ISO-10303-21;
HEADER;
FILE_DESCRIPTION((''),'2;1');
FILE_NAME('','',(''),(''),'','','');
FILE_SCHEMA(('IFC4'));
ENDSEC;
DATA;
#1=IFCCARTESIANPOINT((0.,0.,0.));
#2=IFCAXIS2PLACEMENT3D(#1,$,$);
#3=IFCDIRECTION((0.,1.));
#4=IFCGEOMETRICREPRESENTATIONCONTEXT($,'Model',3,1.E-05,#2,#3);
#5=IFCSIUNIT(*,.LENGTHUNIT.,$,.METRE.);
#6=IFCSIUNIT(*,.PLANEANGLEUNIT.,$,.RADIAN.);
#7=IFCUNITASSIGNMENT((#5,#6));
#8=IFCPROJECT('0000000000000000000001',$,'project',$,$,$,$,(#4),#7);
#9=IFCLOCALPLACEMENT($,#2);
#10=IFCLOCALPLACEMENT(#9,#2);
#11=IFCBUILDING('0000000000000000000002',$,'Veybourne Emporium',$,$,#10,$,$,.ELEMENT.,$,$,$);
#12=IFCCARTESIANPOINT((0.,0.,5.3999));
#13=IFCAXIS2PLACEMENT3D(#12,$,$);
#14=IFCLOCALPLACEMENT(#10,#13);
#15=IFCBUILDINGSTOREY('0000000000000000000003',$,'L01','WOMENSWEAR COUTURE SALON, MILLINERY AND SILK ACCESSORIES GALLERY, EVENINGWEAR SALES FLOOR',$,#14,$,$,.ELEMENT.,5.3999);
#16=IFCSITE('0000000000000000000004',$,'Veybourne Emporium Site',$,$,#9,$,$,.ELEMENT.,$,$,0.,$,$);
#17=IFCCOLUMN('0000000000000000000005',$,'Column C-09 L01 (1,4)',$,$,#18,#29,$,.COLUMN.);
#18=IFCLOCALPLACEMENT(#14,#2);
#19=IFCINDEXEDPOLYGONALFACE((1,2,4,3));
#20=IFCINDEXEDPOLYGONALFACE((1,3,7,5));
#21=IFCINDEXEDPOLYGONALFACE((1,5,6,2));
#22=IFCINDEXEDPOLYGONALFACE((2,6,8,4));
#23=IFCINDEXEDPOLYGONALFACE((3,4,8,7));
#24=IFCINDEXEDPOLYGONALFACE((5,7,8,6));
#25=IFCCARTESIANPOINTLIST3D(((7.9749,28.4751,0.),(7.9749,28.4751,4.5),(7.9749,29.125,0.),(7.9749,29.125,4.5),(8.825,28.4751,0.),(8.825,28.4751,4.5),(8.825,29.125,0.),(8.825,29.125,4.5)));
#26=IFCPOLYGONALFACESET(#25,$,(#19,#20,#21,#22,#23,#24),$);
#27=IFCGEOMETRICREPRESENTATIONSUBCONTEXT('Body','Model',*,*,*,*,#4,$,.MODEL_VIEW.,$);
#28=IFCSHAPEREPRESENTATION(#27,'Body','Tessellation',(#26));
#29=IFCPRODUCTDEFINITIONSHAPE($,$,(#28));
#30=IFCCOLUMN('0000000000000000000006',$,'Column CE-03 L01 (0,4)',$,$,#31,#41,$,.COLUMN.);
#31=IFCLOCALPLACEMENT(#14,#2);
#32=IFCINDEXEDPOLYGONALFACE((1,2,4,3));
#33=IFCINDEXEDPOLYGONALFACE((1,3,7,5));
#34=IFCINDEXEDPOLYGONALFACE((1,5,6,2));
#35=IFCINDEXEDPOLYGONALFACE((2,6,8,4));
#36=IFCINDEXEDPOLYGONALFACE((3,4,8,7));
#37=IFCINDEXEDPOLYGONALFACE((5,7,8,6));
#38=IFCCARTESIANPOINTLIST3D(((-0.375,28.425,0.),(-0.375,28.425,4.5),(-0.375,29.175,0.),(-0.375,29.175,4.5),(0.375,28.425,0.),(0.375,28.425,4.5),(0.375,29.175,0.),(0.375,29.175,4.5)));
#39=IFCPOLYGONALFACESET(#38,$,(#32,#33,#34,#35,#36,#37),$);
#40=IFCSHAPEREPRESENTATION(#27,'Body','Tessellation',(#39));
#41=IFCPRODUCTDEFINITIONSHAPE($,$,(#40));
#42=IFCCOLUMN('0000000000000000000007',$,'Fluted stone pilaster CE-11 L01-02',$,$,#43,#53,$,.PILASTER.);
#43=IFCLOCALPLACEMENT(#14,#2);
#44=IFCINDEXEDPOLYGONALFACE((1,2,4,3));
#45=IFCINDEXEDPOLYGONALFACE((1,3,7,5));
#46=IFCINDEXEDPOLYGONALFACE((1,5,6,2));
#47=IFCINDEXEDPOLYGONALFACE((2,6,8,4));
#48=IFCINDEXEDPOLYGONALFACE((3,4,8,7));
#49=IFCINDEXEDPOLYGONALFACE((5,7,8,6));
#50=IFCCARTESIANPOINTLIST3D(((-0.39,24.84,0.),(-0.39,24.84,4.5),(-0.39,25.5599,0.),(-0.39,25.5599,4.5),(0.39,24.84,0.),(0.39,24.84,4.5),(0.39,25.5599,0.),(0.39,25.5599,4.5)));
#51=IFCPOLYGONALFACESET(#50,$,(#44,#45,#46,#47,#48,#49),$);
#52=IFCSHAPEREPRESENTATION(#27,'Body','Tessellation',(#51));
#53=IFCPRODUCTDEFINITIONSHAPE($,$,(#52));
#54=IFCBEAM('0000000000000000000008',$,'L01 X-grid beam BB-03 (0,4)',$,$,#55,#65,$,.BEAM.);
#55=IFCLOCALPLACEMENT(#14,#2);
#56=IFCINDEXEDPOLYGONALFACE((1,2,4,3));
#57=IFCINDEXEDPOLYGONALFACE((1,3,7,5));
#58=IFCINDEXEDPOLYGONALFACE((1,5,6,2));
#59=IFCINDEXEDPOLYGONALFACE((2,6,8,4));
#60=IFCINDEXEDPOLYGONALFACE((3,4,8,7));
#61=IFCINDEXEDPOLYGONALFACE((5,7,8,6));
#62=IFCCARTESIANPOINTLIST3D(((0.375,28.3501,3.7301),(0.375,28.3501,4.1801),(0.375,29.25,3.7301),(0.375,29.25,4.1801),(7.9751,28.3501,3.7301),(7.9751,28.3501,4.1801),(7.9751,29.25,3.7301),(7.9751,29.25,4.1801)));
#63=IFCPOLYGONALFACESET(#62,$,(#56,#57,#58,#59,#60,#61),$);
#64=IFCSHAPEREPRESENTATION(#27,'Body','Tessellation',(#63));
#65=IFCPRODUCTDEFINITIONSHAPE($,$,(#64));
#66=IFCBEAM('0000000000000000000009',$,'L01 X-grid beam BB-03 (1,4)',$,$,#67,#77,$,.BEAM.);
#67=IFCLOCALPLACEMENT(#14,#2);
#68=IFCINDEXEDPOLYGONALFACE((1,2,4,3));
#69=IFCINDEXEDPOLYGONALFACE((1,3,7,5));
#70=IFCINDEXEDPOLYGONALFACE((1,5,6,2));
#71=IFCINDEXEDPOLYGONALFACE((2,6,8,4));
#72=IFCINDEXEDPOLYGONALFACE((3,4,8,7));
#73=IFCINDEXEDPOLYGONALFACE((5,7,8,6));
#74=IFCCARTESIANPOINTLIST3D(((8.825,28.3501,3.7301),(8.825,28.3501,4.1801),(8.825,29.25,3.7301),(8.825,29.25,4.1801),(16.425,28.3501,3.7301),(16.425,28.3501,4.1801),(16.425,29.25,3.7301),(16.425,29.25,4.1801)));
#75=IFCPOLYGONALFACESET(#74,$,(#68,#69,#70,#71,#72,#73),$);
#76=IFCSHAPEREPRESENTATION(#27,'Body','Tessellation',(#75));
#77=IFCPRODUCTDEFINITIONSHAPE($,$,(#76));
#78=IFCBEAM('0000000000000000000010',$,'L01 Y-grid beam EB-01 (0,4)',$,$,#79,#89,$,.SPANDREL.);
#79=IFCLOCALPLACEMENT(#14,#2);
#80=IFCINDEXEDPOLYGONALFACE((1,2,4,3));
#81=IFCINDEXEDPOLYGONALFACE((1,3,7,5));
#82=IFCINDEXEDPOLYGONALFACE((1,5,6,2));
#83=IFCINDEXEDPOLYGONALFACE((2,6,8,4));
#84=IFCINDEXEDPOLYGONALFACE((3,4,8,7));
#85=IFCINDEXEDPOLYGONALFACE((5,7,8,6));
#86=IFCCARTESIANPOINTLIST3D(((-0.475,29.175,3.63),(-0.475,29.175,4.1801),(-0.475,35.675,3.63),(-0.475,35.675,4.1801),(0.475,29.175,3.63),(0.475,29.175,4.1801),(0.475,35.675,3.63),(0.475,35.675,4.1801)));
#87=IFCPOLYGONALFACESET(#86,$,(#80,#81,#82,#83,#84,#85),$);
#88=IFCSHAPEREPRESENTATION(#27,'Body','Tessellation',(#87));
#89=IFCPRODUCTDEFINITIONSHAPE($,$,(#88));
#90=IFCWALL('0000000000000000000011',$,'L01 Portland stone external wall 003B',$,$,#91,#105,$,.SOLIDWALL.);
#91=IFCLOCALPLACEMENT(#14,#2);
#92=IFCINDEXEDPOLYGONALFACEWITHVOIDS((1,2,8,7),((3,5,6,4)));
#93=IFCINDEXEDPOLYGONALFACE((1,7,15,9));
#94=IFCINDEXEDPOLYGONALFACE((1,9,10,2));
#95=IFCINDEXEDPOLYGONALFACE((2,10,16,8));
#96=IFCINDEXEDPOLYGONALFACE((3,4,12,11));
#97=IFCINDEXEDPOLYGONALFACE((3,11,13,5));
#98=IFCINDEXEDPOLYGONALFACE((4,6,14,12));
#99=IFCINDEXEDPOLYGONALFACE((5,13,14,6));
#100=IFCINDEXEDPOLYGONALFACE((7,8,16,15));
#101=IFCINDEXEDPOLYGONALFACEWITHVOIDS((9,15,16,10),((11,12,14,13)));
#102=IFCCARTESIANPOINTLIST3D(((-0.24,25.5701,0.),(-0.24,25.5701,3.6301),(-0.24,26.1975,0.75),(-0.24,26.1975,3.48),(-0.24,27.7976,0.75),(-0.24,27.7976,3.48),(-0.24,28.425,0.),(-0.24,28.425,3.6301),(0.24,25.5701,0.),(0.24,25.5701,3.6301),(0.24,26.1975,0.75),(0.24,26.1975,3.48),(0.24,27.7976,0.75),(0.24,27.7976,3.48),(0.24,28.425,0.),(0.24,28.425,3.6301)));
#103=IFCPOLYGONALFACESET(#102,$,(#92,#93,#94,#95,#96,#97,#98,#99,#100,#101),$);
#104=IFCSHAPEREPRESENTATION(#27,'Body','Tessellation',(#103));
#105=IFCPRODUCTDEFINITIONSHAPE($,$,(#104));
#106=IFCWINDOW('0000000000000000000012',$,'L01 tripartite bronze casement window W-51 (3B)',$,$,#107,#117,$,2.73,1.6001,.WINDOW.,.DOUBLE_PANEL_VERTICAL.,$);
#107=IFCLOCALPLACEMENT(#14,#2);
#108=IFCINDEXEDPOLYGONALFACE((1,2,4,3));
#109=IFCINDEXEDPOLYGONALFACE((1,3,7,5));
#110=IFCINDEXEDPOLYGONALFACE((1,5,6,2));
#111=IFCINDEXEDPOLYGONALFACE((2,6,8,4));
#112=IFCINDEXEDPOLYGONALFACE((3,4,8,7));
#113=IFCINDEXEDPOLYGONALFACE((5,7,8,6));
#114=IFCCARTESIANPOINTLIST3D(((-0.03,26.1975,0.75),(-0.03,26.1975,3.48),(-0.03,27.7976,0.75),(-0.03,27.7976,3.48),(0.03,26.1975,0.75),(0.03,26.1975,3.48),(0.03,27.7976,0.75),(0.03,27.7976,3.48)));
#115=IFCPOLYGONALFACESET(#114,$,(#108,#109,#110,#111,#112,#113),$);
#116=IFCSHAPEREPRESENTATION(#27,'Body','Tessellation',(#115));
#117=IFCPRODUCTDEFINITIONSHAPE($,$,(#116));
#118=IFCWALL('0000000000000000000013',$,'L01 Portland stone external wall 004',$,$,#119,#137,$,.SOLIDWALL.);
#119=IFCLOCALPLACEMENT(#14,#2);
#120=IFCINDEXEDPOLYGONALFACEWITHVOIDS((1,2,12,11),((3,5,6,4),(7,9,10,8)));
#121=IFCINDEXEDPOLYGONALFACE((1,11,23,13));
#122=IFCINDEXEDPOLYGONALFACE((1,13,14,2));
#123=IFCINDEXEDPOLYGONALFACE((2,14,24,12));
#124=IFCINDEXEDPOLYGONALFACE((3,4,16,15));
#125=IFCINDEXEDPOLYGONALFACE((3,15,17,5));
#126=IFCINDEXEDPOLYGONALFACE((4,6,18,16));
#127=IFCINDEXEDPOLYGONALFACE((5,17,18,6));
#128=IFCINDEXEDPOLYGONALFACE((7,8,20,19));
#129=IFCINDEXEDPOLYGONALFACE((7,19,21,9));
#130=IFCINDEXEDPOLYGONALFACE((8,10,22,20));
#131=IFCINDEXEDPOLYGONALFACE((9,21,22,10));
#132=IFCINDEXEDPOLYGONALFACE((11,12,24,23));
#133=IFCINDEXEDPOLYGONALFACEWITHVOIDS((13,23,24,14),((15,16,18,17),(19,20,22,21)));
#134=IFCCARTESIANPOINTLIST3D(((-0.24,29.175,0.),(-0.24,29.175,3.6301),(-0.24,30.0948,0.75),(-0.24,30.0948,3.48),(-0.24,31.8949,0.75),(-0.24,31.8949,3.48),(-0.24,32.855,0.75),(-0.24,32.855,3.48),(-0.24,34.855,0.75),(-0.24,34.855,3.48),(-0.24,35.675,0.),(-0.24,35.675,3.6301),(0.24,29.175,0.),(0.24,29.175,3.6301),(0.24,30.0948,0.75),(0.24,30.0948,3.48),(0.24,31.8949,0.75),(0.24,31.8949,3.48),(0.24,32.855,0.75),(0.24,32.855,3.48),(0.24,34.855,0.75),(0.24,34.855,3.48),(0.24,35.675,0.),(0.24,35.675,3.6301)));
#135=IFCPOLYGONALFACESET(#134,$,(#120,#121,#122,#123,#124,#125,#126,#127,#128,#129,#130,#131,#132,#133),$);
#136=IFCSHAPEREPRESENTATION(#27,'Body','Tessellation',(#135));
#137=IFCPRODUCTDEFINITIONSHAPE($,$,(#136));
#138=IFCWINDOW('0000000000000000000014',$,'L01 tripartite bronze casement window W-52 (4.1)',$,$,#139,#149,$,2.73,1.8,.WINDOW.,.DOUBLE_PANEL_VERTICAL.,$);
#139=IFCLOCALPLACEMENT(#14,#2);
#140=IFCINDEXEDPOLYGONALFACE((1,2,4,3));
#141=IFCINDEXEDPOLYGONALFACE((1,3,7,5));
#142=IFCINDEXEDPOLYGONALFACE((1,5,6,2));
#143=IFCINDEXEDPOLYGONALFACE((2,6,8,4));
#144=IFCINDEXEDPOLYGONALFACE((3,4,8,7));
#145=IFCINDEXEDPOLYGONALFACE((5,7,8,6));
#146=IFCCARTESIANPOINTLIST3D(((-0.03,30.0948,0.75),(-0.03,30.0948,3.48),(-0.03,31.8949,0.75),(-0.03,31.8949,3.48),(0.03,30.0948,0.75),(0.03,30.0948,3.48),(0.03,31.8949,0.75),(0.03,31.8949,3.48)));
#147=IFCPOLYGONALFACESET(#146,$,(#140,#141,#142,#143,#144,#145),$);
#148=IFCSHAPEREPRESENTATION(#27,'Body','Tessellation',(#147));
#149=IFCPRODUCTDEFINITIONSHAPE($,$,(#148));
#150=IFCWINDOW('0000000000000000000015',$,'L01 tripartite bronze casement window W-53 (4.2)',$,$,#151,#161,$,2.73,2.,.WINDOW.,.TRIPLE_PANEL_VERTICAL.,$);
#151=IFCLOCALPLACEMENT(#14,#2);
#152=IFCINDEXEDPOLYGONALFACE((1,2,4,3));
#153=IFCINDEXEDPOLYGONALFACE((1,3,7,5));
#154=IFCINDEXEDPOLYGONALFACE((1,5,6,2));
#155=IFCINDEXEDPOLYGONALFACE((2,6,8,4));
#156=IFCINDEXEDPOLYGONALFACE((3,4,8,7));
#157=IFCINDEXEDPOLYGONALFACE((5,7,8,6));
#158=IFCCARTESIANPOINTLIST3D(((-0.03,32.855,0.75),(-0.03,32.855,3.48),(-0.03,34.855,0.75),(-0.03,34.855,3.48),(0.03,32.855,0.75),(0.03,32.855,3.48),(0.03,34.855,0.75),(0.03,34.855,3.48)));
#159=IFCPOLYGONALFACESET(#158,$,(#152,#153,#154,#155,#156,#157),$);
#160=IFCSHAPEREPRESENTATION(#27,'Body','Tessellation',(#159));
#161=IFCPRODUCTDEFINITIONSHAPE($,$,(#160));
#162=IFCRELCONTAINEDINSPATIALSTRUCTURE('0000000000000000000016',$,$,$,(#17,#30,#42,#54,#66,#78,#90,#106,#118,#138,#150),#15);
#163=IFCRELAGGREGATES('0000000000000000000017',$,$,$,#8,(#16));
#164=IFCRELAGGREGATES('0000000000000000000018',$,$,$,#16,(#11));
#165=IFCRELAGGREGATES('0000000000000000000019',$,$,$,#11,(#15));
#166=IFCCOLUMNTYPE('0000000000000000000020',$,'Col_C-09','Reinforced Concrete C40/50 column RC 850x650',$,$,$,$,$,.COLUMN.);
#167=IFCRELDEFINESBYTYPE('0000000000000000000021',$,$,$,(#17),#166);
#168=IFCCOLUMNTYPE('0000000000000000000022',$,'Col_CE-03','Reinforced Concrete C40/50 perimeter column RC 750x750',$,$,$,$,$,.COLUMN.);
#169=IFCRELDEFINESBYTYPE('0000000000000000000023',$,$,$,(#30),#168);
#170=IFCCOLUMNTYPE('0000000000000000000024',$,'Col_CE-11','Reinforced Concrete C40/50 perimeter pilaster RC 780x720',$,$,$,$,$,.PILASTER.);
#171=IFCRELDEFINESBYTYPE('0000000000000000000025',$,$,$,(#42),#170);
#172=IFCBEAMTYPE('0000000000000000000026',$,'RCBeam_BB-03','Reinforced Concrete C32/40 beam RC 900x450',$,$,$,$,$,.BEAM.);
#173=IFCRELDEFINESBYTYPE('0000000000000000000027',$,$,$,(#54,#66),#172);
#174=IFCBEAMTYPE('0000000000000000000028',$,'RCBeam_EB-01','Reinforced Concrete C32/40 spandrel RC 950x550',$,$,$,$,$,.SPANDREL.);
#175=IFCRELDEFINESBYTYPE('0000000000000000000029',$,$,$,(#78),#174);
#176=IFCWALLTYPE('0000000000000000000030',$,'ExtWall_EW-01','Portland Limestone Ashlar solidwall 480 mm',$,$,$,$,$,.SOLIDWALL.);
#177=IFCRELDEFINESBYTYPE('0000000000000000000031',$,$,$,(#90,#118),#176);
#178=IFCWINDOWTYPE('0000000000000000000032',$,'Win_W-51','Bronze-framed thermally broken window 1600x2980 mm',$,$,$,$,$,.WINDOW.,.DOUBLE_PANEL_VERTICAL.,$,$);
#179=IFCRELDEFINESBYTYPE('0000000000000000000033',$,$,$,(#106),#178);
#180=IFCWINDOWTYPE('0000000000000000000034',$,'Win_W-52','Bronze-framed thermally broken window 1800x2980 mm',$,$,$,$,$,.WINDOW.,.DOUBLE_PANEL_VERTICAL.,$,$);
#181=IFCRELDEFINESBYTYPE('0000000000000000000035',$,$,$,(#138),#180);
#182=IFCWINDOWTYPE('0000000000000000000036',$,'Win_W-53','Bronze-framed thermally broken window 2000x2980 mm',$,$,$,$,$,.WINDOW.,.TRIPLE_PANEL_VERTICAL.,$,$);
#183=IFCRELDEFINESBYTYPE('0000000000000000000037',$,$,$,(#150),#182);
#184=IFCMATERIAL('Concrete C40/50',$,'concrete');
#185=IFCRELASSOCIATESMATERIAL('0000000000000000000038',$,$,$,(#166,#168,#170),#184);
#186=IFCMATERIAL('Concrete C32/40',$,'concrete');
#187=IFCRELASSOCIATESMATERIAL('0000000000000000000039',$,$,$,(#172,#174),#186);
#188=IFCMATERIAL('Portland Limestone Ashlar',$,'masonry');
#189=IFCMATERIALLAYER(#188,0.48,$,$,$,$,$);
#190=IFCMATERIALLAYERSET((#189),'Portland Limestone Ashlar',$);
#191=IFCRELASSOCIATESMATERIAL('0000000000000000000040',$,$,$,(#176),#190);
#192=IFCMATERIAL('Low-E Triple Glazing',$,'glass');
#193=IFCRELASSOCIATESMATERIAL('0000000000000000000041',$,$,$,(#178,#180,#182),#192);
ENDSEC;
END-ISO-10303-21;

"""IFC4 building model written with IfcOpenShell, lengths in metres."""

from ifc_helpers import new_model, si_unit, direction, frame, frame_2d, origin, origin_2d, place, context, subcontext, project, spatial, rectangle, extrude, material, layer, layer_set, material_profile, profile_set, type_object, element, fill, save


model = new_model("IFC4")

# Units and contexts
model_context = context("Model", 3, precision=1e-05, world=origin(), true_north=direction((0.0, 1.0)))
body_context = subcontext(model_context, "Body", "Model", "MODEL_VIEW")
ifc_project = project(units=[si_unit("LENGTHUNIT", "METRE"), si_unit("PLANEANGLEUNIT", "RADIAN")], contexts=[model_context])

# Site, building, storey
site_placement = place(None, origin())
site = spatial("IfcSite", under=ifc_project, at=site_placement, Name="Veybourne Emporium Site", CompositionType="ELEMENT", RefElevation=0.0)
building_placement = place(site_placement, origin())
building = spatial("IfcBuilding", under=site, at=building_placement, Name="Veybourne Emporium", CompositionType="ELEMENT")
storey_placement = place(building_placement, frame((0.0, 0.0, 5.3999)))
storey = spatial("IfcBuildingStorey", under=building, at=storey_placement, Name="L01", Description="WOMENSWEAR COUTURE SALON, MILLINERY AND SILK ACCESSORIES GALLERY, EVENINGWEAR SALES FLOOR", CompositionType="ELEMENT", Elevation=5.3999)

# Columns
ifc_material_1 = material(Name="Concrete C40/50", Category="concrete")
ifc_material_profile_1 = material_profile(ifc_material_1, rectangle(XDim=0.8501, YDim=0.6499, at=origin_2d()), Name="RC 850x650")
ifc_profile_set_1 = profile_set([ifc_material_profile_1], Name="Concrete C40/50")
column_type_1 = type_object("IfcColumnType", Name="Col_C-09", Description="Reinforced Concrete C40/50 column RC 850x650", PredefinedType="COLUMN", material=ifc_profile_set_1)
column_1_placement = place(storey_placement, frame((8.3999, 28.8, 0.0), z_axis=(0.0, 0.0, 1.0), x_axis=(1.0, 0.0, 0.0)))
element("IfcColumn", 1, at=column_1_placement, inside=storey, type_object=column_type_1, Name="Column C-09 L01 (1,4)", PredefinedType="COLUMN", context=body_context, shape_type="SweptSolid", body=[
    extrude(rectangle(XDim=0.8501, YDim=0.6499, at=origin_2d()), origin(), (0.0, 0.0, 1.0), 4.5),
])
ifc_material_profile_2 = material_profile(ifc_material_1, rectangle(XDim=0.75, YDim=0.75, at=origin_2d()), Name="RC 750x750")
ifc_profile_set_2 = profile_set([ifc_material_profile_2], Name="Concrete C40/50")
column_type_2 = type_object("IfcColumnType", Name="Col_CE-03", Description="Reinforced Concrete C40/50 perimeter column RC 750x750", PredefinedType="COLUMN", material=ifc_profile_set_2)
column_2_placement = place(storey_placement, frame((0.0, 28.8, 0.0), z_axis=(0.0, 0.0, 1.0), x_axis=(1.0, 0.0, 0.0)))
element("IfcColumn", 2, at=column_2_placement, inside=storey, type_object=column_type_2, Name="Column CE-03 L01 (0,4)", PredefinedType="COLUMN", context=body_context, shape_type="SweptSolid", body=[
    extrude(rectangle(XDim=0.75, YDim=0.75, at=origin_2d()), origin(), (0.0, 0.0, 1.0), 4.5),
])
ifc_material_profile_3 = material_profile(ifc_material_1, rectangle(XDim=0.78, YDim=0.72, at=origin_2d()), Name="RC 780x720")
ifc_profile_set_3 = profile_set([ifc_material_profile_3], Name="Concrete C40/50")
column_type_3 = type_object("IfcColumnType", Name="Col_CE-11", Description="Reinforced Concrete C40/50 perimeter pilaster RC 780x720", PredefinedType="PILASTER", material=ifc_profile_set_3)
column_3_placement = place(storey_placement, frame((0.0, 25.2, 0.0), z_axis=(0.0, 0.0, 1.0), x_axis=(1.0, 0.0, 0.0)))
element("IfcColumn", 3, at=column_3_placement, inside=storey, type_object=column_type_3, Name="Fluted stone pilaster CE-11 L01-02", PredefinedType="PILASTER", context=body_context, shape_type="SweptSolid", body=[
    extrude(rectangle(XDim=0.78, YDim=0.72, at=origin_2d()), origin(), (0.0, 0.0, 1.0), 4.5),
])

# Beams
ifc_material_2 = material(Name="Concrete C32/40", Category="concrete")
ifc_material_profile_4 = material_profile(ifc_material_2, rectangle(XDim=0.8999, YDim=0.45, at=origin_2d()), Name="RC 900x450")
ifc_profile_set_4 = profile_set([ifc_material_profile_4], Name="Concrete C32/40")
beam_type_1 = type_object("IfcBeamType", Name="RCBeam_BB-03", Description="Reinforced Concrete C32/40 beam RC 900x450", PredefinedType="BEAM", material=ifc_profile_set_4)
for number, where, z_axis, x_axis, name in (
    (4, (0.375, 28.8, 3.9551), (1.0, 0.0, 0.0), (0.0, 1.0, 0.0), "L01 X-grid beam BB-03 (0,4)"),
    (5, (8.825, 28.8, 3.9551), (1.0, 0.0, 0.0), (0.0, 1.0, 0.0), "L01 X-grid beam BB-03 (1,4)"),
):
    element("IfcBeam", number, at=place(storey_placement, frame(where, z_axis=z_axis, x_axis=x_axis)), inside=storey, type_object=beam_type_1, Name=name, PredefinedType="BEAM", context=body_context, shape_type="SweptSolid", body=[
        extrude(rectangle(XDim=0.8999, YDim=0.45, at=origin_2d()), origin(), (0.0, 0.0, 1.0), 7.6001),
    ])
ifc_material_profile_5 = material_profile(ifc_material_2, rectangle(XDim=0.95, YDim=0.55, at=origin_2d()), Name="RC 950x550")
ifc_profile_set_5 = profile_set([ifc_material_profile_5], Name="Concrete C32/40")
beam_type_2 = type_object("IfcBeamType", Name="RCBeam_EB-01", Description="Reinforced Concrete C32/40 spandrel RC 950x550", PredefinedType="SPANDREL", material=ifc_profile_set_5)
beam_placement = place(storey_placement, frame((0.0, 29.175, 3.905), z_axis=(0.0, 1.0, 0.0), x_axis=(-1.0, 0.0, 0.0)))
element("IfcBeam", 6, at=beam_placement, inside=storey, type_object=beam_type_2, Name="L01 Y-grid beam EB-01 (0,4)", PredefinedType="SPANDREL", context=body_context, shape_type="SweptSolid", body=[
    extrude(rectangle(XDim=0.95, YDim=0.55, at=origin_2d()), origin(), (0.0, 0.0, 1.0), 6.5),
])

# Wall, opening, window
ifc_material_3 = material(Name="Portland Limestone Ashlar", Category="masonry")
ifc_layer_1 = layer(ifc_material_3, 0.48)
ifc_layer_set_1 = layer_set([ifc_layer_1], Name="Portland Limestone Ashlar")
wall_type_1 = type_object("IfcWallType", Name="ExtWall_EW-01", Description="Portland Limestone Ashlar solidwall 480 mm", PredefinedType="SOLIDWALL", material=ifc_layer_set_1)
wall_1_placement = place(storey_placement, frame((0.0, 25.5701, 0.0), z_axis=(0.0, 0.0, 1.0), x_axis=(0.0, 1.0, 0.0)))
wall_1 = element("IfcWall", 7, at=wall_1_placement, inside=storey, type_object=wall_type_1, Name="L01 Portland stone external wall 003B", PredefinedType="SOLIDWALL", context=body_context, shape_type="SweptSolid", body=[
    extrude(rectangle(XDim=2.855, YDim=0.48, at=frame_2d((1.4275, 0.0))), origin(), (0.0, 0.0, 1.0), 3.6301),
])
opening_1_placement = place(wall_1_placement, frame((0.6274, 0.0, 0.75)))
opening_1 = element("IfcOpeningElement", 8, at=opening_1_placement, cuts=wall_1, PredefinedType="OPENING", context=body_context, shape_type="SweptSolid", body=[
    extrude(rectangle(XDim=1.6001, YDim=2.73, at=frame_2d((0.8, 1.365))), frame((0.0, 0.26, 0.0), z_axis=(0.0, -1.0, 0.0), x_axis=(1.0, 0.0, 0.0)), (0.0, 0.0, 1.0), 0.52),
])
ifc_material_4 = material(Name="Low-E Triple Glazing", Category="glass")
window_type_1 = type_object("IfcWindowType", Name="Win_W-51", Description="Bronze-framed thermally broken window 1600x2980 mm", PartitioningType="DOUBLE_PANEL_VERTICAL", PredefinedType="WINDOW", material=ifc_material_4)
window_1_placement = place(opening_1_placement, origin())
window_1 = element("IfcWindow", 9, at=window_1_placement, inside=storey, type_object=window_type_1, Name="L01 tripartite bronze casement window W-51 (3B)", OverallHeight=2.73, OverallWidth=1.6001, PartitioningType="DOUBLE_PANEL_VERTICAL", PredefinedType="WINDOW", context=body_context, shape_type="SweptSolid", body=[
    extrude(rectangle(XDim=1.6001, YDim=2.73, at=frame_2d((0.8, 1.365))), frame((0.0, 0.03, 0.0), z_axis=(0.0, -1.0, 0.0), x_axis=(1.0, 0.0, 0.0)), (0.0, 0.0, 1.0), 0.0601),
])
fill(opening_1, window_1)

# Wall, openings, windows
wall_2_placement = place(storey_placement, frame((0.0, 29.175, 0.0), z_axis=(0.0, 0.0, 1.0), x_axis=(0.0, 1.0, 0.0)))
wall_2 = element("IfcWall", 10, at=wall_2_placement, inside=storey, type_object=wall_type_1, Name="L01 Portland stone external wall 004", PredefinedType="SOLIDWALL", context=body_context, shape_type="SweptSolid", body=[
    extrude(rectangle(XDim=6.5, YDim=0.48, at=frame_2d((3.25, 0.0))), origin(), (0.0, 0.0, 1.0), 3.6301),
])
opening_2_placement = place(wall_2_placement, frame((0.9199, 0.0, 0.75)))
opening_2 = element("IfcOpeningElement", 11, at=opening_2_placement, cuts=wall_2, PredefinedType="OPENING", context=body_context, shape_type="SweptSolid", body=[
    extrude(rectangle(XDim=1.8, YDim=2.73, at=frame_2d((0.8999, 1.365))), frame((0.0, 0.26, 0.0), z_axis=(0.0, -1.0, 0.0), x_axis=(1.0, 0.0, 0.0)), (0.0, 0.0, 1.0), 0.52),
])
opening_3_placement = place(wall_2_placement, frame((3.6799, 0.0, 0.75)))
opening_3 = element("IfcOpeningElement", 12, at=opening_3_placement, cuts=wall_2, PredefinedType="OPENING", context=body_context, shape_type="SweptSolid", body=[
    extrude(rectangle(XDim=2.0, YDim=2.73, at=frame_2d((1.0, 1.365))), frame((0.0, 0.26, 0.0), z_axis=(0.0, -1.0, 0.0), x_axis=(1.0, 0.0, 0.0)), (0.0, 0.0, 1.0), 0.52),
])
window_type_2 = type_object("IfcWindowType", Name="Win_W-52", Description="Bronze-framed thermally broken window 1800x2980 mm", PartitioningType="DOUBLE_PANEL_VERTICAL", PredefinedType="WINDOW", material=ifc_material_4)
window_2_placement = place(opening_2_placement, origin())
window_2 = element("IfcWindow", 13, at=window_2_placement, inside=storey, type_object=window_type_2, Name="L01 tripartite bronze casement window W-52 (4.1)", OverallHeight=2.73, OverallWidth=1.8, PartitioningType="DOUBLE_PANEL_VERTICAL", PredefinedType="WINDOW", context=body_context, shape_type="SweptSolid", body=[
    extrude(rectangle(XDim=1.8, YDim=2.73, at=frame_2d((0.8999, 1.365))), frame((0.0, 0.03, 0.0), z_axis=(0.0, -1.0, 0.0), x_axis=(1.0, 0.0, 0.0)), (0.0, 0.0, 1.0), 0.0601),
])
fill(opening_2, window_2)
window_type_3 = type_object("IfcWindowType", Name="Win_W-53", Description="Bronze-framed thermally broken window 2000x2980 mm", PartitioningType="TRIPLE_PANEL_VERTICAL", PredefinedType="WINDOW", material=ifc_material_4)
window_3_placement = place(opening_3_placement, origin())
window_3 = element("IfcWindow", 14, at=window_3_placement, inside=storey, type_object=window_type_3, Name="L01 tripartite bronze casement window W-53 (4.2)", OverallHeight=2.73, OverallWidth=2.0, PartitioningType="TRIPLE_PANEL_VERTICAL", PredefinedType="WINDOW", context=body_context, shape_type="SweptSolid", body=[
    extrude(rectangle(XDim=2.0, YDim=2.73, at=frame_2d((1.0, 1.365))), frame((0.0, 0.03, 0.0), z_axis=(0.0, -1.0, 0.0), x_axis=(1.0, 0.0, 0.0)), (0.0, 0.0, 1.0), 0.0601),
])
fill(opening_3, window_3)

save(model, "model.ifc")
